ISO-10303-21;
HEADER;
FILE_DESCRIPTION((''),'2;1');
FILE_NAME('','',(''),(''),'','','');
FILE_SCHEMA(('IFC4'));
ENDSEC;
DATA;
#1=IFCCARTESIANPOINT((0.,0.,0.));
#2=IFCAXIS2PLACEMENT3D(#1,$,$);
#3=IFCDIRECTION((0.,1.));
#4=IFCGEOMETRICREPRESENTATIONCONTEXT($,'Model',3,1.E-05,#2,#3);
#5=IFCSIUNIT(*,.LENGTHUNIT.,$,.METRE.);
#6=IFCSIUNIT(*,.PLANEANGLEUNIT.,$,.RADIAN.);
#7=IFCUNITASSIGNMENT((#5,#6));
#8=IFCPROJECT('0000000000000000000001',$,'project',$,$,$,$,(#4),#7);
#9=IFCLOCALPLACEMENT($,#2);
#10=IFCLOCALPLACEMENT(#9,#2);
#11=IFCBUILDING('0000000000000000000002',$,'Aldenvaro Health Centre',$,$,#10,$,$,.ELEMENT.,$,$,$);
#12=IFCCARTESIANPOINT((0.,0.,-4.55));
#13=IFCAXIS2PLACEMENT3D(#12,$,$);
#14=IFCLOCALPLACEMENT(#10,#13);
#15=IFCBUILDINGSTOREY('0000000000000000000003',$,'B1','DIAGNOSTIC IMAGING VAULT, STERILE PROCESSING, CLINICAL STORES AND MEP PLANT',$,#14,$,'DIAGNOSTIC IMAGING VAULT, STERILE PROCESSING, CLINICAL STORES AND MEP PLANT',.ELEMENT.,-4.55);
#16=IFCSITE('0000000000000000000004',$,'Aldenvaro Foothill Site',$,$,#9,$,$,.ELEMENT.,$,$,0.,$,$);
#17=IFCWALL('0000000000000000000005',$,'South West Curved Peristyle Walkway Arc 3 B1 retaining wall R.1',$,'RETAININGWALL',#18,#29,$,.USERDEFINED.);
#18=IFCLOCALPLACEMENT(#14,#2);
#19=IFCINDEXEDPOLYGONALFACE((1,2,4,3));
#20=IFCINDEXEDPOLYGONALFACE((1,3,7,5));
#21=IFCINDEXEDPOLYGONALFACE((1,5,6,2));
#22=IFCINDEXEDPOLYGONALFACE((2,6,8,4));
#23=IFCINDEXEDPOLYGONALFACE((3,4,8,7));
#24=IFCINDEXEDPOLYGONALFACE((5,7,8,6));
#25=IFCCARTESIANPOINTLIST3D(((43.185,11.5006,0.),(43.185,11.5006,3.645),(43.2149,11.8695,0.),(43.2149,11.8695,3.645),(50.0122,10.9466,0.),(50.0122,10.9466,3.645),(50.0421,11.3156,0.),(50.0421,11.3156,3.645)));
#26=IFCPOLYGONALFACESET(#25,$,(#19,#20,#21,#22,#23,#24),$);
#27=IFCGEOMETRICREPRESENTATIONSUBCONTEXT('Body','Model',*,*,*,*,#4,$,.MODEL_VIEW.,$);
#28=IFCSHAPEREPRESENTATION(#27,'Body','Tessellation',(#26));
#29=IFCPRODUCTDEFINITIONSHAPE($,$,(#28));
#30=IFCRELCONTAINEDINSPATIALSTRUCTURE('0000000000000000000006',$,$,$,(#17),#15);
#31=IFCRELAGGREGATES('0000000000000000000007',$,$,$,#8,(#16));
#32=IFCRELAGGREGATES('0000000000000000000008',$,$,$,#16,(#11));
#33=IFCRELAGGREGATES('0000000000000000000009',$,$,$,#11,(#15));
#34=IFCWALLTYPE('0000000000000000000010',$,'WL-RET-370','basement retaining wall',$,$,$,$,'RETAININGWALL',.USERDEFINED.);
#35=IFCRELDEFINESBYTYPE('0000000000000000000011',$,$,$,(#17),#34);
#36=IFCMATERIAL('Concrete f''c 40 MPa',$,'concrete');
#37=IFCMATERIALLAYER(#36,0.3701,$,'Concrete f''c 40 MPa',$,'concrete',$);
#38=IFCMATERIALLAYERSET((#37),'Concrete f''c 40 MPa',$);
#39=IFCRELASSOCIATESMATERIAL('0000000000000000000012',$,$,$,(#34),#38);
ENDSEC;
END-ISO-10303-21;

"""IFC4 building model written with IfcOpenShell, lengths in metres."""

from ifc_helpers import new_model, si_unit, direction, frame, frame_2d, origin, place, context, subcontext, project, spatial, rectangle, extrude, material, layer, layer_set, type_object, element, save


model = new_model("IFC4")

# Units and contexts
model_context = context("Model", 3, precision=1e-05, world=origin(), true_north=direction((0.0, 1.0)))
body_context = subcontext(model_context, "Body", "Model", "MODEL_VIEW")
ifc_project = project(units=[si_unit("LENGTHUNIT", "METRE"), si_unit("PLANEANGLEUNIT", "RADIAN")], contexts=[model_context])

# Site, building, storey
site_placement = place(None, origin())
site = spatial("IfcSite", under=ifc_project, at=site_placement, Name="Aldenvaro Foothill Site", CompositionType="ELEMENT", RefElevation=0.0)
building_placement = place(site_placement, origin())
building = spatial("IfcBuilding", under=site, at=building_placement, Name="Aldenvaro Health Centre", CompositionType="ELEMENT")
storey_placement = place(building_placement, frame((0.0, 0.0, -4.55)))
storey = spatial("IfcBuildingStorey", under=building, at=storey_placement, Name="B1", Description="DIAGNOSTIC IMAGING VAULT, STERILE PROCESSING, CLINICAL STORES AND MEP PLANT", LongName="DIAGNOSTIC IMAGING VAULT, STERILE PROCESSING, CLINICAL STORES AND MEP PLANT", CompositionType="ELEMENT", Elevation=-4.55)

# Shared definitions
ifc_material_1 = material(Name="Concrete f'c 40 MPa", Category="concrete")

# Wall
ifc_layer_1 = layer(ifc_material_1, 0.3701, Name="Concrete f'c 40 MPa", Category="concrete")
ifc_layer_set_1 = layer_set([ifc_layer_1], Name="Concrete f'c 40 MPa")
wall_type = type_object("IfcWallType", Name="WL-RET-370", Description="basement retaining wall", ElementType="RETAININGWALL", PredefinedType="USERDEFINED", material=ifc_layer_set_1)
wall_1_placement = place(storey_placement, frame((43.2, 11.6851, 0.0), z_axis=(0.0, 0.0, 1.0), x_axis=(0.996724, -0.080874, 0.0)))
element("IfcWall", 1, at=wall_1_placement, inside=storey, type_object=wall_type, Name="South West Curved Peristyle Walkway Arc 3 B1 retaining wall R.1", ObjectType="RETAININGWALL", PredefinedType="USERDEFINED", context=body_context, shape_type="SweptSolid", body=[
    extrude(rectangle(XDim=6.8496, YDim=0.3701, at=frame_2d((3.4248, 0.0))), origin(), (0.0, 0.0, 1.0), 3.645),
])

save(model, "model.ifc")
